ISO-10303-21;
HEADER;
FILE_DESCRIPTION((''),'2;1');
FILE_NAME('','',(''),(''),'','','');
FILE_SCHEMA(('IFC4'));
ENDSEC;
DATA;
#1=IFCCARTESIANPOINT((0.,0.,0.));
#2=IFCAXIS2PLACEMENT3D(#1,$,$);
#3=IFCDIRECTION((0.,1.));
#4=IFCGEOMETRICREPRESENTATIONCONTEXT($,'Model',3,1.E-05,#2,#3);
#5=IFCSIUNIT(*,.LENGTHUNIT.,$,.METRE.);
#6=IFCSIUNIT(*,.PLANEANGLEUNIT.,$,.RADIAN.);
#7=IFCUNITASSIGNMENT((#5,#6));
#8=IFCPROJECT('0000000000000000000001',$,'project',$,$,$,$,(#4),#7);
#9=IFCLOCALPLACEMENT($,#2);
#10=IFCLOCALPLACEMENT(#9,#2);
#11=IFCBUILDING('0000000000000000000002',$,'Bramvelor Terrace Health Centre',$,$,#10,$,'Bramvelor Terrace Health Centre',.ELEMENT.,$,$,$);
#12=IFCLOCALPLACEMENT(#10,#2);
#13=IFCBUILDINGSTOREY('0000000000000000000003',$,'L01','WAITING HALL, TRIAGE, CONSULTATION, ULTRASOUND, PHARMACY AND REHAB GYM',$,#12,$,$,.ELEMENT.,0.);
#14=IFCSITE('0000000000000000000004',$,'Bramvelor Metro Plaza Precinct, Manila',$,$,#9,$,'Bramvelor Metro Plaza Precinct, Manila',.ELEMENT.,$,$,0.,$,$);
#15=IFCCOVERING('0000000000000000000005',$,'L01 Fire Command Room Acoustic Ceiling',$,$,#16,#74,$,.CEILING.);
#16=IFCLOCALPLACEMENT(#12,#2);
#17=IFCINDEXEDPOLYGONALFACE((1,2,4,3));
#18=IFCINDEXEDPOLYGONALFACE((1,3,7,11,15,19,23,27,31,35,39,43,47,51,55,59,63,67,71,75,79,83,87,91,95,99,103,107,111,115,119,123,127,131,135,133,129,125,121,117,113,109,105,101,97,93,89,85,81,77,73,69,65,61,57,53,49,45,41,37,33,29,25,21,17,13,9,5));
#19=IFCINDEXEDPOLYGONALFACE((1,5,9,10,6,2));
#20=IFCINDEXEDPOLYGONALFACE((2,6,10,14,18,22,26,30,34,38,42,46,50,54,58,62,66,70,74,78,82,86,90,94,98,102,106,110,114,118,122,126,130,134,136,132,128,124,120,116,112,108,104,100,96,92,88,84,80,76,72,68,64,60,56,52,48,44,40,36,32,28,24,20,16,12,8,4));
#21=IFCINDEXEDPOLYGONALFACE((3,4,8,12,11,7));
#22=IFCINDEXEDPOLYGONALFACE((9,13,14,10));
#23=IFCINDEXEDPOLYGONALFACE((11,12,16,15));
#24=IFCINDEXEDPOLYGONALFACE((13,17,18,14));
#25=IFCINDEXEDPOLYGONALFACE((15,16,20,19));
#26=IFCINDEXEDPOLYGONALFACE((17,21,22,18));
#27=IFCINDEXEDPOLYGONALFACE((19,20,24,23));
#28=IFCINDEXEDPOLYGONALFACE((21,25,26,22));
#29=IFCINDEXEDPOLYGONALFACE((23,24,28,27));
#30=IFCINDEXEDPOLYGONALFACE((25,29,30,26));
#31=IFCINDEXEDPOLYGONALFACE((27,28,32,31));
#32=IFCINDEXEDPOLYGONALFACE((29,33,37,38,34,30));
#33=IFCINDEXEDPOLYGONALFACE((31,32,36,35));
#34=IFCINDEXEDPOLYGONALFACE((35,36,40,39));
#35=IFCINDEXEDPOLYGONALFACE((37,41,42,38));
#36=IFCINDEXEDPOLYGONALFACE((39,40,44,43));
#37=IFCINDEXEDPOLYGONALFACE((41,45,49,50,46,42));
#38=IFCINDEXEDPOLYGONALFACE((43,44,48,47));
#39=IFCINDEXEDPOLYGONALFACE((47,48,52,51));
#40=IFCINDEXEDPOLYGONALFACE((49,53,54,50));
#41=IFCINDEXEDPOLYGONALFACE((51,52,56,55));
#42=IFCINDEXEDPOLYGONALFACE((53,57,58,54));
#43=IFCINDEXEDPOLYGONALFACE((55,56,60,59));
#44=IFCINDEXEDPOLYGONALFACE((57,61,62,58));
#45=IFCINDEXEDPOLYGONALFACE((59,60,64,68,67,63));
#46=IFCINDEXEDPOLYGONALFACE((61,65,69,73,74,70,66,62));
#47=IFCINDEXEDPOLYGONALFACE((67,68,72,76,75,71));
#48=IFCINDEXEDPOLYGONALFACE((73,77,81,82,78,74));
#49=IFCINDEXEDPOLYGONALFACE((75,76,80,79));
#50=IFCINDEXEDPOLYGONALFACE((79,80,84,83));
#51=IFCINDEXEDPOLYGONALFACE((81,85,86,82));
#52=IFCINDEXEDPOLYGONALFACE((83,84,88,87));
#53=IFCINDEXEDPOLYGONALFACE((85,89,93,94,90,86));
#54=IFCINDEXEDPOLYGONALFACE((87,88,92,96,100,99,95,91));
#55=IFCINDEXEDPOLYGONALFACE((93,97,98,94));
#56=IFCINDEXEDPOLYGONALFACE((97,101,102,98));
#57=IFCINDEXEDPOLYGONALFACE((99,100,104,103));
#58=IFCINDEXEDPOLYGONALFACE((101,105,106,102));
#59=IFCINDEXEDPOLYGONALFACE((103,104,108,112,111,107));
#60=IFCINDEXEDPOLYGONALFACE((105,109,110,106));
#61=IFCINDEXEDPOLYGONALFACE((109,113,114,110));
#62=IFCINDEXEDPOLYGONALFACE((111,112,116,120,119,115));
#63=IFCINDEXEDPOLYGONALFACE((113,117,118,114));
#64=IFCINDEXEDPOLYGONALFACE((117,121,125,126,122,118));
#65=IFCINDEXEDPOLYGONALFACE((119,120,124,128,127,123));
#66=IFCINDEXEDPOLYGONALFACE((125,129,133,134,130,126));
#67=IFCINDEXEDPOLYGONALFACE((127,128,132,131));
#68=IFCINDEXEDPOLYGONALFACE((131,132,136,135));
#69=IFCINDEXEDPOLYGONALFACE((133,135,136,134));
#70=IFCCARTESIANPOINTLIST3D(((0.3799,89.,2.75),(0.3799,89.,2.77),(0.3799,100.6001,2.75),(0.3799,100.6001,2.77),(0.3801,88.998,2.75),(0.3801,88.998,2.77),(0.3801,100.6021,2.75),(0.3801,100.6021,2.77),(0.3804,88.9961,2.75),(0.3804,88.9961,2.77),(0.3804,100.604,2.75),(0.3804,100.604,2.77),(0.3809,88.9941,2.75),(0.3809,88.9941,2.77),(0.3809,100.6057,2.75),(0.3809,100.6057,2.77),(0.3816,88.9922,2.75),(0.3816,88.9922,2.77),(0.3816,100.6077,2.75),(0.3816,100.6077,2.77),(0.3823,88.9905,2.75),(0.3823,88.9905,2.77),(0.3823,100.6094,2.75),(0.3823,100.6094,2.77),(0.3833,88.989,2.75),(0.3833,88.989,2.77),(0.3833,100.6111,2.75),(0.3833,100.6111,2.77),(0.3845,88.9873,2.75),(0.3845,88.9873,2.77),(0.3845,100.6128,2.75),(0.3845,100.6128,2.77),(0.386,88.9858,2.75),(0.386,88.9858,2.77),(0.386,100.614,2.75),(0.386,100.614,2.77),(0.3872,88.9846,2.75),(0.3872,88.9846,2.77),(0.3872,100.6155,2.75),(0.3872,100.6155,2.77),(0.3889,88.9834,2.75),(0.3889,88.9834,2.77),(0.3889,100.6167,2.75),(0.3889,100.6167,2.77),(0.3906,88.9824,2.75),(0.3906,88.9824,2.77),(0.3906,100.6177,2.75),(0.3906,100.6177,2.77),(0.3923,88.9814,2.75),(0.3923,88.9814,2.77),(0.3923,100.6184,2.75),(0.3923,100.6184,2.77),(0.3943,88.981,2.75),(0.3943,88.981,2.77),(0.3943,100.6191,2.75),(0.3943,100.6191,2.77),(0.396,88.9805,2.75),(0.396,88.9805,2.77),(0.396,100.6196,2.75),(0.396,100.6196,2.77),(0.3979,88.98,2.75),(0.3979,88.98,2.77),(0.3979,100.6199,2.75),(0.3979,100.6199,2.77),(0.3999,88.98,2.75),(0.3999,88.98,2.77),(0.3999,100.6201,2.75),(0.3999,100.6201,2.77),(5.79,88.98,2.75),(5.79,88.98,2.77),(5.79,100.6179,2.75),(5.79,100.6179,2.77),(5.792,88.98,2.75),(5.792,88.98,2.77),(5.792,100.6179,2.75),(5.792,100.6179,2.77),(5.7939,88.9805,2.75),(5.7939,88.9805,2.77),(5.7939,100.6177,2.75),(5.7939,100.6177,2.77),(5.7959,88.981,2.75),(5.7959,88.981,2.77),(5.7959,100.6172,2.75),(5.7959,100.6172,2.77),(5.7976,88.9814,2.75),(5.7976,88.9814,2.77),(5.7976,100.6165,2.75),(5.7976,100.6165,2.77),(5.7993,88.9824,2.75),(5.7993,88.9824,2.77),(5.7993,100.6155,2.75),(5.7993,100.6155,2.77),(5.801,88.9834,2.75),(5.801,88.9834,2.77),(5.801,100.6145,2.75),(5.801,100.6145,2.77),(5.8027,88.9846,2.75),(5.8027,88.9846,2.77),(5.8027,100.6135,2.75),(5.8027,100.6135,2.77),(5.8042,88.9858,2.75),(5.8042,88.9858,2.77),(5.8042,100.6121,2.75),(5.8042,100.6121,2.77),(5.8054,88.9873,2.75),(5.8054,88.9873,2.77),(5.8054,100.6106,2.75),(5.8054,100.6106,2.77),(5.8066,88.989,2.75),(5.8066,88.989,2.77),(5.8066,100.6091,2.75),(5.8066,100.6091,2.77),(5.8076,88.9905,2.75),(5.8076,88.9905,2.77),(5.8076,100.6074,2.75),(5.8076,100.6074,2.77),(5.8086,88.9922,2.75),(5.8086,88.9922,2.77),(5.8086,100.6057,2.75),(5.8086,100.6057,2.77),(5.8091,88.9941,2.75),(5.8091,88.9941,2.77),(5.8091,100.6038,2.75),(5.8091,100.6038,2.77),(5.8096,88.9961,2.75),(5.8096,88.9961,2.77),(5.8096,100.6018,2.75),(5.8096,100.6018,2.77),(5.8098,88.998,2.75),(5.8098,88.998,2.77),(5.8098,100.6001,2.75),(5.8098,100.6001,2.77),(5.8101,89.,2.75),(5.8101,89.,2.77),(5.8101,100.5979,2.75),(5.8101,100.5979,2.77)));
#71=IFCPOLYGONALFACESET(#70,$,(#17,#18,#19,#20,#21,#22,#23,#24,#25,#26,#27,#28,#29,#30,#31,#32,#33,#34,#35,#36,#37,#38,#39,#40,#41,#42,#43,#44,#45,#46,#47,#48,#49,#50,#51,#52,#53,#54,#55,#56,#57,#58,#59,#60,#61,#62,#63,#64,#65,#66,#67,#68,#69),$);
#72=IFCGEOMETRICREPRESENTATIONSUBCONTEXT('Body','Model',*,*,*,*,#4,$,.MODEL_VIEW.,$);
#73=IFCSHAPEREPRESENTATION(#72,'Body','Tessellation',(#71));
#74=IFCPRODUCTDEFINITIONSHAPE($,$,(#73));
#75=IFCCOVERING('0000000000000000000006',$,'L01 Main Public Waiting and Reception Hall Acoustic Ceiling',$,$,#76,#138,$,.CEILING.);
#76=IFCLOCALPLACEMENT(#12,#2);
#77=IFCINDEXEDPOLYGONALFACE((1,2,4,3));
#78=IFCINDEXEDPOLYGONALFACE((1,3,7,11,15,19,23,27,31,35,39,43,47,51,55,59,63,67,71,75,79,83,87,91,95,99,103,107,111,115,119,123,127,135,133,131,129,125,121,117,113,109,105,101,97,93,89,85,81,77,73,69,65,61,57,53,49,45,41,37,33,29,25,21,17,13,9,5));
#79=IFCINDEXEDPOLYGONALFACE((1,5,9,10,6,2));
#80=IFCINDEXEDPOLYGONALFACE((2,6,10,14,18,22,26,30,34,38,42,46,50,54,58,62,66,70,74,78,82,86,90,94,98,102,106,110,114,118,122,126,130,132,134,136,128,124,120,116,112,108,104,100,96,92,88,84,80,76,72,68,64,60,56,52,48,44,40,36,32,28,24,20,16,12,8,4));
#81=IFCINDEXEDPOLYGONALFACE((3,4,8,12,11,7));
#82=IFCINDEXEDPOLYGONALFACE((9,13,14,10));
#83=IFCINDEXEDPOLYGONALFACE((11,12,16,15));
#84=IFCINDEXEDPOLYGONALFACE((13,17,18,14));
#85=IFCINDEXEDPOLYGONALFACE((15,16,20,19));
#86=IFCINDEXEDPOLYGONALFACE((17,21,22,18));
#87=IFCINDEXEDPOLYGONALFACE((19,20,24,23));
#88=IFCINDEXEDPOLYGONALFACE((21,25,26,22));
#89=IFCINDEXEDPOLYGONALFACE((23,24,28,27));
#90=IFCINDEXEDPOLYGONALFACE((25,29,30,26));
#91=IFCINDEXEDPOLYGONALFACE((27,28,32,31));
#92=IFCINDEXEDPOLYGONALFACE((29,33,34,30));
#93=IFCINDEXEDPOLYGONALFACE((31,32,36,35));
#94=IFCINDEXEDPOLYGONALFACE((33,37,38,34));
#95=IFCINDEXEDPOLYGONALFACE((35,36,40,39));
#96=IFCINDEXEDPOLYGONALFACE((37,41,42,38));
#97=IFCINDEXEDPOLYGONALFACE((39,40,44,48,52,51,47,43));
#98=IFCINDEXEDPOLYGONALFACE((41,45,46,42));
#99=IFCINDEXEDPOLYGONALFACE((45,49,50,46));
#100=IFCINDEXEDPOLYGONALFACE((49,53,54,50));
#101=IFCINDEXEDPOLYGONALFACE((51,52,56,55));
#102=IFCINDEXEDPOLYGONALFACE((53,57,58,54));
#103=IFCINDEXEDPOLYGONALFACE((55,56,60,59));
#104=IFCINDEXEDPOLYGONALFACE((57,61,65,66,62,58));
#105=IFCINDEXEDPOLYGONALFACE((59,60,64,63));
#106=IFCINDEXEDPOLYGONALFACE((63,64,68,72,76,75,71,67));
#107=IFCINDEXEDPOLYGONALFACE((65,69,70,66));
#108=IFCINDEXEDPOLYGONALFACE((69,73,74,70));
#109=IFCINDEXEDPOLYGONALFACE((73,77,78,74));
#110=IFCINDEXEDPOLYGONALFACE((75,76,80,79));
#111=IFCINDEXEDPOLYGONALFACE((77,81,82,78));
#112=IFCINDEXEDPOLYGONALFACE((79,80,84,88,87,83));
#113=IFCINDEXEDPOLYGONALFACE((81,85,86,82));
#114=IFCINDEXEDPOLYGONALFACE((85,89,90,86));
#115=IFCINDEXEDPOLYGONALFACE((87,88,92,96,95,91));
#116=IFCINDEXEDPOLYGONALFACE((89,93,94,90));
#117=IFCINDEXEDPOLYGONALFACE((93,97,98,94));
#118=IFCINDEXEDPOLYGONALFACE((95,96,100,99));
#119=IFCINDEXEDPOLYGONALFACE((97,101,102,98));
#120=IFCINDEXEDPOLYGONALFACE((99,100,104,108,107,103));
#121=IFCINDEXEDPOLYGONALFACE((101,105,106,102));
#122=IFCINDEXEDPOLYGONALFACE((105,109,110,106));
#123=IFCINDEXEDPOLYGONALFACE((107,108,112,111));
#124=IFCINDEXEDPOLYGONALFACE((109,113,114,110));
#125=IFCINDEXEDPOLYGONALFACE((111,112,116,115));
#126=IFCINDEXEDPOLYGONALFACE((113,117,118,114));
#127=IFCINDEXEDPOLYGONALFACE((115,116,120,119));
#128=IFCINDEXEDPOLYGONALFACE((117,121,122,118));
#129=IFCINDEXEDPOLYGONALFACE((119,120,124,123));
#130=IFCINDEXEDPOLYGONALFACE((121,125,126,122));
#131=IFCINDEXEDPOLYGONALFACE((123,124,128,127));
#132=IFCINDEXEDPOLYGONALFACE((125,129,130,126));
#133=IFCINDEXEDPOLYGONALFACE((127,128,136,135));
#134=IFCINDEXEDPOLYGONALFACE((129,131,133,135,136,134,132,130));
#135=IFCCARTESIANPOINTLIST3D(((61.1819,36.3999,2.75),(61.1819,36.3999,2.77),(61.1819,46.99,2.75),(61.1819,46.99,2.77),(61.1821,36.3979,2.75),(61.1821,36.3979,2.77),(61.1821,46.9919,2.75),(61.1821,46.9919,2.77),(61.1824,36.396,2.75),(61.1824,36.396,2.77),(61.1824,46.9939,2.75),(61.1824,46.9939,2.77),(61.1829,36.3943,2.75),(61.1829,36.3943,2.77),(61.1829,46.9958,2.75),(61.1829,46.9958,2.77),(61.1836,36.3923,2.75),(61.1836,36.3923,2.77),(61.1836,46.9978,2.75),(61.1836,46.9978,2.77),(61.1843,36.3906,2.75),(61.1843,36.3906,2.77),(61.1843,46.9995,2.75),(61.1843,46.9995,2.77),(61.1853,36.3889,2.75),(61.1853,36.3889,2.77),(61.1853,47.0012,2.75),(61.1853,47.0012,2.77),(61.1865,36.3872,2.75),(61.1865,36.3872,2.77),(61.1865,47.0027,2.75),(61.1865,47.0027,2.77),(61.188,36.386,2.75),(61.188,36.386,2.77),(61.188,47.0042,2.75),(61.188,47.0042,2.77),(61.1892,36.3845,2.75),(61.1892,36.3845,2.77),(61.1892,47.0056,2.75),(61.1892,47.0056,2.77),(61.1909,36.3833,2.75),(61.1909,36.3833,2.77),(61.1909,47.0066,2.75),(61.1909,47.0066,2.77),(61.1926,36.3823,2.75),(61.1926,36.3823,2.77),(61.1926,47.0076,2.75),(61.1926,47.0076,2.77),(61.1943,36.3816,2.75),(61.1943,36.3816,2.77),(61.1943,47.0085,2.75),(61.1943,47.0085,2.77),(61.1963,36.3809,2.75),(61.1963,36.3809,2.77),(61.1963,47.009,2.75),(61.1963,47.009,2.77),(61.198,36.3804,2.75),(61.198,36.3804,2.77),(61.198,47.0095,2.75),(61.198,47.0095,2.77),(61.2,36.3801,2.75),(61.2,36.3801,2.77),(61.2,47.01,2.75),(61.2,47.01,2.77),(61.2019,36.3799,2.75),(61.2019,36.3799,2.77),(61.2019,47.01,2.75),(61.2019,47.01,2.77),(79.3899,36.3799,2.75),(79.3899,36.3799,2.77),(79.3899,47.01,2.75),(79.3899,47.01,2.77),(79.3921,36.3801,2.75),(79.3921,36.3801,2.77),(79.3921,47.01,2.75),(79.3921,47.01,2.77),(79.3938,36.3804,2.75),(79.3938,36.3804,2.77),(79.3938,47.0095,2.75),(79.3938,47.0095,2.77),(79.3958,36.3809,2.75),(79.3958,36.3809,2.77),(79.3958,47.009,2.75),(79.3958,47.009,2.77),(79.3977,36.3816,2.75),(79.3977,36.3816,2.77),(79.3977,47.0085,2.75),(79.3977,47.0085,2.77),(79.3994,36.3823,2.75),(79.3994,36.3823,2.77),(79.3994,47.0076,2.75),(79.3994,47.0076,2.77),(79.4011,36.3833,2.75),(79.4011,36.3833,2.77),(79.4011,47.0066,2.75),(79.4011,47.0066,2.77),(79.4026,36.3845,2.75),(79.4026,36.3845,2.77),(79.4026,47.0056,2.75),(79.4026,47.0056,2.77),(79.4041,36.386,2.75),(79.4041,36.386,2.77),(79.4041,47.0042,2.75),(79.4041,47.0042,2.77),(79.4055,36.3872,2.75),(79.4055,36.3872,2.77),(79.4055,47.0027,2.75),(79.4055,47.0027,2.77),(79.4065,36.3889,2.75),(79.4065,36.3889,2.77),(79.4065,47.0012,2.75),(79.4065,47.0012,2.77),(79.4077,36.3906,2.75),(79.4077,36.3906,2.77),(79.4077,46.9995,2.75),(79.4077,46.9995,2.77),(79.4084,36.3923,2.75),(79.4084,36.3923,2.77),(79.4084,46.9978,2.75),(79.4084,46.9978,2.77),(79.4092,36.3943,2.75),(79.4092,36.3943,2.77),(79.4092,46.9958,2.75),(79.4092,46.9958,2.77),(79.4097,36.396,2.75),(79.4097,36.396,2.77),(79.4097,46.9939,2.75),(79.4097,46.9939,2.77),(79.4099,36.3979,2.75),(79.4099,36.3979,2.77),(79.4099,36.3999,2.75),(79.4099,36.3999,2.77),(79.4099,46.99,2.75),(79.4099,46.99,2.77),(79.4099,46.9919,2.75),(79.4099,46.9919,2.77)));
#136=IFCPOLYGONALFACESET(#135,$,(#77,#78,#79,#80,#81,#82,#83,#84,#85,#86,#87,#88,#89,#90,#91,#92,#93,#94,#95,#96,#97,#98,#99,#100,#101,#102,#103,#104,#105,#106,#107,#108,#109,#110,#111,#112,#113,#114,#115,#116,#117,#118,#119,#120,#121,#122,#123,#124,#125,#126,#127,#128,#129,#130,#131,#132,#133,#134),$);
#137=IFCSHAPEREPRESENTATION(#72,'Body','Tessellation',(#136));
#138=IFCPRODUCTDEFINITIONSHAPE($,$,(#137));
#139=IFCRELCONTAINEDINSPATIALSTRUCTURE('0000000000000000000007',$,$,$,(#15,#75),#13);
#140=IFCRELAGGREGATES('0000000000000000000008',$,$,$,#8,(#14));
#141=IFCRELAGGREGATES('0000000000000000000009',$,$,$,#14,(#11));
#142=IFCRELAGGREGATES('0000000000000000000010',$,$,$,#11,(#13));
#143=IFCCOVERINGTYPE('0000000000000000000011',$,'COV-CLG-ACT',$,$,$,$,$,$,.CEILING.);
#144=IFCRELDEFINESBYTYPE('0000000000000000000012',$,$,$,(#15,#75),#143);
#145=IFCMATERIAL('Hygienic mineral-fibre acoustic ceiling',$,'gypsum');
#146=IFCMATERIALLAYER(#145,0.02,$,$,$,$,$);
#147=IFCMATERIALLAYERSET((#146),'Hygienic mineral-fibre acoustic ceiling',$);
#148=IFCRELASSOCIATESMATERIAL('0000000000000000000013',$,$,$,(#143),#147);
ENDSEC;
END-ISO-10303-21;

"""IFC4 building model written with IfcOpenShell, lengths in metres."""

from ifc_helpers import new_model, si_unit, direction, frame, origin, place, context, subcontext, project, spatial, polyline, outline, extrude, material, layer, layer_set, type_object, element, save


model = new_model("IFC4")

# Units and contexts
model_context = context("Model", 3, precision=1e-05, world=origin(), true_north=direction((0.0, 1.0)))
body_context = subcontext(model_context, "Body", "Model", "MODEL_VIEW")
ifc_project = project(units=[si_unit("LENGTHUNIT", "METRE"), si_unit("PLANEANGLEUNIT", "RADIAN")], contexts=[model_context])

# Site, building, storey
site_placement = place(None, origin())
site = spatial("IfcSite", under=ifc_project, at=site_placement, Name="Bramvelor Metro Plaza Precinct, Manila", LongName="Bramvelor Metro Plaza Precinct, Manila", CompositionType="ELEMENT", RefElevation=0.0)
building_placement = place(site_placement, origin())
building = spatial("IfcBuilding", under=site, at=building_placement, Name="Bramvelor Terrace Health Centre", LongName="Bramvelor Terrace Health Centre", CompositionType="ELEMENT")
storey_placement = place(building_placement, origin())
storey = spatial("IfcBuildingStorey", under=building, at=storey_placement, Name="L01", Description="WAITING HALL, TRIAGE, CONSULTATION, ULTRASOUND, PHARMACY AND REHAB GYM", CompositionType="ELEMENT", Elevation=0.0)

# Coverings
ifc_material_1 = material(Name="Hygienic mineral-fibre acoustic ceiling", Category="gypsum")
ifc_layer_1 = layer(ifc_material_1, 0.02)
ifc_layer_set_1 = layer_set([ifc_layer_1], Name="Hygienic mineral-fibre acoustic ceiling")
covering_type_1 = type_object("IfcCoveringType", Name="COV-CLG-ACT", PredefinedType="CEILING", material=ifc_layer_set_1)
covering_1_placement = place(storey_placement, frame((0.0, 0.0, 2.75)))
element("IfcCovering", 1, at=covering_1_placement, inside=storey, type_object=covering_type_1, Name="L01 Fire Command Room Acoustic Ceiling", PredefinedType="CEILING", context=body_context, shape_type="SweptSolid", body=[
    extrude(outline(polyline([(0.3799, 100.6001), (0.3801, 100.6021), (0.3804, 100.604), (0.3809, 100.6057), (0.3816, 100.6077), (0.3823, 100.6094), (0.3833, 100.6111), (0.3845, 100.6128), (0.386, 100.614), (0.3872, 100.6155), (0.3889, 100.6167), (0.3906, 100.6177), (0.3923, 100.6184), (0.3943, 100.6191), (0.396, 100.6196), (0.3979, 100.6199), (0.3999, 100.6201), (5.79, 100.6179), (5.792, 100.6179), (5.7939, 100.6177), (5.7959, 100.6172), (5.7976, 100.6165), (5.7993, 100.6155), (5.801, 100.6145), (5.8027, 100.6135), (5.8042, 100.6121), (5.8054, 100.6106), (5.8066, 100.6091), (5.8076, 100.6074), (5.8086, 100.6057), (5.8091, 100.6038), (5.8096, 100.6018), (5.8098, 100.6001), (5.8101, 100.5979), (5.8101, 89.0), (5.8098, 88.998), (5.8096, 88.9961), (5.8091, 88.9941), (5.8086, 88.9922), (5.8076, 88.9905), (5.8066, 88.989), (5.8054, 88.9873), (5.8042, 88.9858), (5.8027, 88.9846), (5.801, 88.9834), (5.7993, 88.9824), (5.7976, 88.9814), (5.7959, 88.981), (5.7939, 88.9805), (5.792, 88.98), (5.79, 88.98), (0.3999, 88.98), (0.3979, 88.98), (0.396, 88.9805), (0.3943, 88.981), (0.3923, 88.9814), (0.3906, 88.9824), (0.3889, 88.9834), (0.3872, 88.9846), (0.386, 88.9858), (0.3845, 88.9873), (0.3833, 88.989), (0.3823, 88.9905), (0.3816, 88.9922), (0.3809, 88.9941), (0.3804, 88.9961), (0.3801, 88.998), (0.3799, 89.0), (0.3799, 100.6001)])), origin(), (0.0, 0.0, 1.0), 0.02),
])
covering_2_placement = place(storey_placement, frame((0.0, 0.0, 2.75)))
element("IfcCovering", 2, at=covering_2_placement, inside=storey, type_object=covering_type_1, Name="L01 Main Public Waiting and Reception Hall Acoustic Ceiling", PredefinedType="CEILING", context=body_context, shape_type="SweptSolid", body=[
    extrude(outline(polyline([(79.3899, 47.01), (79.3921, 47.01), (79.3938, 47.0095), (79.3958, 47.009), (79.3977, 47.0085), (79.3994, 47.0076), (79.4011, 47.0066), (79.4026, 47.0056), (79.4041, 47.0042), (79.4055, 47.0027), (79.4065, 47.0012), (79.4077, 46.9995), (79.4084, 46.9978), (79.4092, 46.9958), (79.4097, 46.9939), (79.4099, 46.9919), (79.4099, 46.99), (79.4099, 36.3999), (79.4099, 36.3979), (79.4097, 36.396), (79.4092, 36.3943), (79.4084, 36.3923), (79.4077, 36.3906), (79.4065, 36.3889), (79.4055, 36.3872), (79.4041, 36.386), (79.4026, 36.3845), (79.4011, 36.3833), (79.3994, 36.3823), (79.3977, 36.3816), (79.3958, 36.3809), (79.3938, 36.3804), (79.3921, 36.3801), (79.3899, 36.3799), (61.2019, 36.3799), (61.2, 36.3801), (61.198, 36.3804), (61.1963, 36.3809), (61.1943, 36.3816), (61.1926, 36.3823), (61.1909, 36.3833), (61.1892, 36.3845), (61.188, 36.386), (61.1865, 36.3872), (61.1853, 36.3889), (61.1843, 36.3906), (61.1836, 36.3923), (61.1829, 36.3943), (61.1824, 36.396), (61.1821, 36.3979), (61.1819, 36.3999), (61.1819, 46.99), (61.1821, 46.9919), (61.1824, 46.9939), (61.1829, 46.9958), (61.1836, 46.9978), (61.1843, 46.9995), (61.1853, 47.0012), (61.1865, 47.0027), (61.188, 47.0042), (61.1892, 47.0056), (61.1909, 47.0066), (61.1926, 47.0076), (61.1943, 47.0085), (61.1963, 47.009), (61.198, 47.0095), (61.2, 47.01), (61.2019, 47.01), (79.3899, 47.01)])), origin(), (0.0, 0.0, 1.0), 0.02),
])

save(model, "model.ifc")
